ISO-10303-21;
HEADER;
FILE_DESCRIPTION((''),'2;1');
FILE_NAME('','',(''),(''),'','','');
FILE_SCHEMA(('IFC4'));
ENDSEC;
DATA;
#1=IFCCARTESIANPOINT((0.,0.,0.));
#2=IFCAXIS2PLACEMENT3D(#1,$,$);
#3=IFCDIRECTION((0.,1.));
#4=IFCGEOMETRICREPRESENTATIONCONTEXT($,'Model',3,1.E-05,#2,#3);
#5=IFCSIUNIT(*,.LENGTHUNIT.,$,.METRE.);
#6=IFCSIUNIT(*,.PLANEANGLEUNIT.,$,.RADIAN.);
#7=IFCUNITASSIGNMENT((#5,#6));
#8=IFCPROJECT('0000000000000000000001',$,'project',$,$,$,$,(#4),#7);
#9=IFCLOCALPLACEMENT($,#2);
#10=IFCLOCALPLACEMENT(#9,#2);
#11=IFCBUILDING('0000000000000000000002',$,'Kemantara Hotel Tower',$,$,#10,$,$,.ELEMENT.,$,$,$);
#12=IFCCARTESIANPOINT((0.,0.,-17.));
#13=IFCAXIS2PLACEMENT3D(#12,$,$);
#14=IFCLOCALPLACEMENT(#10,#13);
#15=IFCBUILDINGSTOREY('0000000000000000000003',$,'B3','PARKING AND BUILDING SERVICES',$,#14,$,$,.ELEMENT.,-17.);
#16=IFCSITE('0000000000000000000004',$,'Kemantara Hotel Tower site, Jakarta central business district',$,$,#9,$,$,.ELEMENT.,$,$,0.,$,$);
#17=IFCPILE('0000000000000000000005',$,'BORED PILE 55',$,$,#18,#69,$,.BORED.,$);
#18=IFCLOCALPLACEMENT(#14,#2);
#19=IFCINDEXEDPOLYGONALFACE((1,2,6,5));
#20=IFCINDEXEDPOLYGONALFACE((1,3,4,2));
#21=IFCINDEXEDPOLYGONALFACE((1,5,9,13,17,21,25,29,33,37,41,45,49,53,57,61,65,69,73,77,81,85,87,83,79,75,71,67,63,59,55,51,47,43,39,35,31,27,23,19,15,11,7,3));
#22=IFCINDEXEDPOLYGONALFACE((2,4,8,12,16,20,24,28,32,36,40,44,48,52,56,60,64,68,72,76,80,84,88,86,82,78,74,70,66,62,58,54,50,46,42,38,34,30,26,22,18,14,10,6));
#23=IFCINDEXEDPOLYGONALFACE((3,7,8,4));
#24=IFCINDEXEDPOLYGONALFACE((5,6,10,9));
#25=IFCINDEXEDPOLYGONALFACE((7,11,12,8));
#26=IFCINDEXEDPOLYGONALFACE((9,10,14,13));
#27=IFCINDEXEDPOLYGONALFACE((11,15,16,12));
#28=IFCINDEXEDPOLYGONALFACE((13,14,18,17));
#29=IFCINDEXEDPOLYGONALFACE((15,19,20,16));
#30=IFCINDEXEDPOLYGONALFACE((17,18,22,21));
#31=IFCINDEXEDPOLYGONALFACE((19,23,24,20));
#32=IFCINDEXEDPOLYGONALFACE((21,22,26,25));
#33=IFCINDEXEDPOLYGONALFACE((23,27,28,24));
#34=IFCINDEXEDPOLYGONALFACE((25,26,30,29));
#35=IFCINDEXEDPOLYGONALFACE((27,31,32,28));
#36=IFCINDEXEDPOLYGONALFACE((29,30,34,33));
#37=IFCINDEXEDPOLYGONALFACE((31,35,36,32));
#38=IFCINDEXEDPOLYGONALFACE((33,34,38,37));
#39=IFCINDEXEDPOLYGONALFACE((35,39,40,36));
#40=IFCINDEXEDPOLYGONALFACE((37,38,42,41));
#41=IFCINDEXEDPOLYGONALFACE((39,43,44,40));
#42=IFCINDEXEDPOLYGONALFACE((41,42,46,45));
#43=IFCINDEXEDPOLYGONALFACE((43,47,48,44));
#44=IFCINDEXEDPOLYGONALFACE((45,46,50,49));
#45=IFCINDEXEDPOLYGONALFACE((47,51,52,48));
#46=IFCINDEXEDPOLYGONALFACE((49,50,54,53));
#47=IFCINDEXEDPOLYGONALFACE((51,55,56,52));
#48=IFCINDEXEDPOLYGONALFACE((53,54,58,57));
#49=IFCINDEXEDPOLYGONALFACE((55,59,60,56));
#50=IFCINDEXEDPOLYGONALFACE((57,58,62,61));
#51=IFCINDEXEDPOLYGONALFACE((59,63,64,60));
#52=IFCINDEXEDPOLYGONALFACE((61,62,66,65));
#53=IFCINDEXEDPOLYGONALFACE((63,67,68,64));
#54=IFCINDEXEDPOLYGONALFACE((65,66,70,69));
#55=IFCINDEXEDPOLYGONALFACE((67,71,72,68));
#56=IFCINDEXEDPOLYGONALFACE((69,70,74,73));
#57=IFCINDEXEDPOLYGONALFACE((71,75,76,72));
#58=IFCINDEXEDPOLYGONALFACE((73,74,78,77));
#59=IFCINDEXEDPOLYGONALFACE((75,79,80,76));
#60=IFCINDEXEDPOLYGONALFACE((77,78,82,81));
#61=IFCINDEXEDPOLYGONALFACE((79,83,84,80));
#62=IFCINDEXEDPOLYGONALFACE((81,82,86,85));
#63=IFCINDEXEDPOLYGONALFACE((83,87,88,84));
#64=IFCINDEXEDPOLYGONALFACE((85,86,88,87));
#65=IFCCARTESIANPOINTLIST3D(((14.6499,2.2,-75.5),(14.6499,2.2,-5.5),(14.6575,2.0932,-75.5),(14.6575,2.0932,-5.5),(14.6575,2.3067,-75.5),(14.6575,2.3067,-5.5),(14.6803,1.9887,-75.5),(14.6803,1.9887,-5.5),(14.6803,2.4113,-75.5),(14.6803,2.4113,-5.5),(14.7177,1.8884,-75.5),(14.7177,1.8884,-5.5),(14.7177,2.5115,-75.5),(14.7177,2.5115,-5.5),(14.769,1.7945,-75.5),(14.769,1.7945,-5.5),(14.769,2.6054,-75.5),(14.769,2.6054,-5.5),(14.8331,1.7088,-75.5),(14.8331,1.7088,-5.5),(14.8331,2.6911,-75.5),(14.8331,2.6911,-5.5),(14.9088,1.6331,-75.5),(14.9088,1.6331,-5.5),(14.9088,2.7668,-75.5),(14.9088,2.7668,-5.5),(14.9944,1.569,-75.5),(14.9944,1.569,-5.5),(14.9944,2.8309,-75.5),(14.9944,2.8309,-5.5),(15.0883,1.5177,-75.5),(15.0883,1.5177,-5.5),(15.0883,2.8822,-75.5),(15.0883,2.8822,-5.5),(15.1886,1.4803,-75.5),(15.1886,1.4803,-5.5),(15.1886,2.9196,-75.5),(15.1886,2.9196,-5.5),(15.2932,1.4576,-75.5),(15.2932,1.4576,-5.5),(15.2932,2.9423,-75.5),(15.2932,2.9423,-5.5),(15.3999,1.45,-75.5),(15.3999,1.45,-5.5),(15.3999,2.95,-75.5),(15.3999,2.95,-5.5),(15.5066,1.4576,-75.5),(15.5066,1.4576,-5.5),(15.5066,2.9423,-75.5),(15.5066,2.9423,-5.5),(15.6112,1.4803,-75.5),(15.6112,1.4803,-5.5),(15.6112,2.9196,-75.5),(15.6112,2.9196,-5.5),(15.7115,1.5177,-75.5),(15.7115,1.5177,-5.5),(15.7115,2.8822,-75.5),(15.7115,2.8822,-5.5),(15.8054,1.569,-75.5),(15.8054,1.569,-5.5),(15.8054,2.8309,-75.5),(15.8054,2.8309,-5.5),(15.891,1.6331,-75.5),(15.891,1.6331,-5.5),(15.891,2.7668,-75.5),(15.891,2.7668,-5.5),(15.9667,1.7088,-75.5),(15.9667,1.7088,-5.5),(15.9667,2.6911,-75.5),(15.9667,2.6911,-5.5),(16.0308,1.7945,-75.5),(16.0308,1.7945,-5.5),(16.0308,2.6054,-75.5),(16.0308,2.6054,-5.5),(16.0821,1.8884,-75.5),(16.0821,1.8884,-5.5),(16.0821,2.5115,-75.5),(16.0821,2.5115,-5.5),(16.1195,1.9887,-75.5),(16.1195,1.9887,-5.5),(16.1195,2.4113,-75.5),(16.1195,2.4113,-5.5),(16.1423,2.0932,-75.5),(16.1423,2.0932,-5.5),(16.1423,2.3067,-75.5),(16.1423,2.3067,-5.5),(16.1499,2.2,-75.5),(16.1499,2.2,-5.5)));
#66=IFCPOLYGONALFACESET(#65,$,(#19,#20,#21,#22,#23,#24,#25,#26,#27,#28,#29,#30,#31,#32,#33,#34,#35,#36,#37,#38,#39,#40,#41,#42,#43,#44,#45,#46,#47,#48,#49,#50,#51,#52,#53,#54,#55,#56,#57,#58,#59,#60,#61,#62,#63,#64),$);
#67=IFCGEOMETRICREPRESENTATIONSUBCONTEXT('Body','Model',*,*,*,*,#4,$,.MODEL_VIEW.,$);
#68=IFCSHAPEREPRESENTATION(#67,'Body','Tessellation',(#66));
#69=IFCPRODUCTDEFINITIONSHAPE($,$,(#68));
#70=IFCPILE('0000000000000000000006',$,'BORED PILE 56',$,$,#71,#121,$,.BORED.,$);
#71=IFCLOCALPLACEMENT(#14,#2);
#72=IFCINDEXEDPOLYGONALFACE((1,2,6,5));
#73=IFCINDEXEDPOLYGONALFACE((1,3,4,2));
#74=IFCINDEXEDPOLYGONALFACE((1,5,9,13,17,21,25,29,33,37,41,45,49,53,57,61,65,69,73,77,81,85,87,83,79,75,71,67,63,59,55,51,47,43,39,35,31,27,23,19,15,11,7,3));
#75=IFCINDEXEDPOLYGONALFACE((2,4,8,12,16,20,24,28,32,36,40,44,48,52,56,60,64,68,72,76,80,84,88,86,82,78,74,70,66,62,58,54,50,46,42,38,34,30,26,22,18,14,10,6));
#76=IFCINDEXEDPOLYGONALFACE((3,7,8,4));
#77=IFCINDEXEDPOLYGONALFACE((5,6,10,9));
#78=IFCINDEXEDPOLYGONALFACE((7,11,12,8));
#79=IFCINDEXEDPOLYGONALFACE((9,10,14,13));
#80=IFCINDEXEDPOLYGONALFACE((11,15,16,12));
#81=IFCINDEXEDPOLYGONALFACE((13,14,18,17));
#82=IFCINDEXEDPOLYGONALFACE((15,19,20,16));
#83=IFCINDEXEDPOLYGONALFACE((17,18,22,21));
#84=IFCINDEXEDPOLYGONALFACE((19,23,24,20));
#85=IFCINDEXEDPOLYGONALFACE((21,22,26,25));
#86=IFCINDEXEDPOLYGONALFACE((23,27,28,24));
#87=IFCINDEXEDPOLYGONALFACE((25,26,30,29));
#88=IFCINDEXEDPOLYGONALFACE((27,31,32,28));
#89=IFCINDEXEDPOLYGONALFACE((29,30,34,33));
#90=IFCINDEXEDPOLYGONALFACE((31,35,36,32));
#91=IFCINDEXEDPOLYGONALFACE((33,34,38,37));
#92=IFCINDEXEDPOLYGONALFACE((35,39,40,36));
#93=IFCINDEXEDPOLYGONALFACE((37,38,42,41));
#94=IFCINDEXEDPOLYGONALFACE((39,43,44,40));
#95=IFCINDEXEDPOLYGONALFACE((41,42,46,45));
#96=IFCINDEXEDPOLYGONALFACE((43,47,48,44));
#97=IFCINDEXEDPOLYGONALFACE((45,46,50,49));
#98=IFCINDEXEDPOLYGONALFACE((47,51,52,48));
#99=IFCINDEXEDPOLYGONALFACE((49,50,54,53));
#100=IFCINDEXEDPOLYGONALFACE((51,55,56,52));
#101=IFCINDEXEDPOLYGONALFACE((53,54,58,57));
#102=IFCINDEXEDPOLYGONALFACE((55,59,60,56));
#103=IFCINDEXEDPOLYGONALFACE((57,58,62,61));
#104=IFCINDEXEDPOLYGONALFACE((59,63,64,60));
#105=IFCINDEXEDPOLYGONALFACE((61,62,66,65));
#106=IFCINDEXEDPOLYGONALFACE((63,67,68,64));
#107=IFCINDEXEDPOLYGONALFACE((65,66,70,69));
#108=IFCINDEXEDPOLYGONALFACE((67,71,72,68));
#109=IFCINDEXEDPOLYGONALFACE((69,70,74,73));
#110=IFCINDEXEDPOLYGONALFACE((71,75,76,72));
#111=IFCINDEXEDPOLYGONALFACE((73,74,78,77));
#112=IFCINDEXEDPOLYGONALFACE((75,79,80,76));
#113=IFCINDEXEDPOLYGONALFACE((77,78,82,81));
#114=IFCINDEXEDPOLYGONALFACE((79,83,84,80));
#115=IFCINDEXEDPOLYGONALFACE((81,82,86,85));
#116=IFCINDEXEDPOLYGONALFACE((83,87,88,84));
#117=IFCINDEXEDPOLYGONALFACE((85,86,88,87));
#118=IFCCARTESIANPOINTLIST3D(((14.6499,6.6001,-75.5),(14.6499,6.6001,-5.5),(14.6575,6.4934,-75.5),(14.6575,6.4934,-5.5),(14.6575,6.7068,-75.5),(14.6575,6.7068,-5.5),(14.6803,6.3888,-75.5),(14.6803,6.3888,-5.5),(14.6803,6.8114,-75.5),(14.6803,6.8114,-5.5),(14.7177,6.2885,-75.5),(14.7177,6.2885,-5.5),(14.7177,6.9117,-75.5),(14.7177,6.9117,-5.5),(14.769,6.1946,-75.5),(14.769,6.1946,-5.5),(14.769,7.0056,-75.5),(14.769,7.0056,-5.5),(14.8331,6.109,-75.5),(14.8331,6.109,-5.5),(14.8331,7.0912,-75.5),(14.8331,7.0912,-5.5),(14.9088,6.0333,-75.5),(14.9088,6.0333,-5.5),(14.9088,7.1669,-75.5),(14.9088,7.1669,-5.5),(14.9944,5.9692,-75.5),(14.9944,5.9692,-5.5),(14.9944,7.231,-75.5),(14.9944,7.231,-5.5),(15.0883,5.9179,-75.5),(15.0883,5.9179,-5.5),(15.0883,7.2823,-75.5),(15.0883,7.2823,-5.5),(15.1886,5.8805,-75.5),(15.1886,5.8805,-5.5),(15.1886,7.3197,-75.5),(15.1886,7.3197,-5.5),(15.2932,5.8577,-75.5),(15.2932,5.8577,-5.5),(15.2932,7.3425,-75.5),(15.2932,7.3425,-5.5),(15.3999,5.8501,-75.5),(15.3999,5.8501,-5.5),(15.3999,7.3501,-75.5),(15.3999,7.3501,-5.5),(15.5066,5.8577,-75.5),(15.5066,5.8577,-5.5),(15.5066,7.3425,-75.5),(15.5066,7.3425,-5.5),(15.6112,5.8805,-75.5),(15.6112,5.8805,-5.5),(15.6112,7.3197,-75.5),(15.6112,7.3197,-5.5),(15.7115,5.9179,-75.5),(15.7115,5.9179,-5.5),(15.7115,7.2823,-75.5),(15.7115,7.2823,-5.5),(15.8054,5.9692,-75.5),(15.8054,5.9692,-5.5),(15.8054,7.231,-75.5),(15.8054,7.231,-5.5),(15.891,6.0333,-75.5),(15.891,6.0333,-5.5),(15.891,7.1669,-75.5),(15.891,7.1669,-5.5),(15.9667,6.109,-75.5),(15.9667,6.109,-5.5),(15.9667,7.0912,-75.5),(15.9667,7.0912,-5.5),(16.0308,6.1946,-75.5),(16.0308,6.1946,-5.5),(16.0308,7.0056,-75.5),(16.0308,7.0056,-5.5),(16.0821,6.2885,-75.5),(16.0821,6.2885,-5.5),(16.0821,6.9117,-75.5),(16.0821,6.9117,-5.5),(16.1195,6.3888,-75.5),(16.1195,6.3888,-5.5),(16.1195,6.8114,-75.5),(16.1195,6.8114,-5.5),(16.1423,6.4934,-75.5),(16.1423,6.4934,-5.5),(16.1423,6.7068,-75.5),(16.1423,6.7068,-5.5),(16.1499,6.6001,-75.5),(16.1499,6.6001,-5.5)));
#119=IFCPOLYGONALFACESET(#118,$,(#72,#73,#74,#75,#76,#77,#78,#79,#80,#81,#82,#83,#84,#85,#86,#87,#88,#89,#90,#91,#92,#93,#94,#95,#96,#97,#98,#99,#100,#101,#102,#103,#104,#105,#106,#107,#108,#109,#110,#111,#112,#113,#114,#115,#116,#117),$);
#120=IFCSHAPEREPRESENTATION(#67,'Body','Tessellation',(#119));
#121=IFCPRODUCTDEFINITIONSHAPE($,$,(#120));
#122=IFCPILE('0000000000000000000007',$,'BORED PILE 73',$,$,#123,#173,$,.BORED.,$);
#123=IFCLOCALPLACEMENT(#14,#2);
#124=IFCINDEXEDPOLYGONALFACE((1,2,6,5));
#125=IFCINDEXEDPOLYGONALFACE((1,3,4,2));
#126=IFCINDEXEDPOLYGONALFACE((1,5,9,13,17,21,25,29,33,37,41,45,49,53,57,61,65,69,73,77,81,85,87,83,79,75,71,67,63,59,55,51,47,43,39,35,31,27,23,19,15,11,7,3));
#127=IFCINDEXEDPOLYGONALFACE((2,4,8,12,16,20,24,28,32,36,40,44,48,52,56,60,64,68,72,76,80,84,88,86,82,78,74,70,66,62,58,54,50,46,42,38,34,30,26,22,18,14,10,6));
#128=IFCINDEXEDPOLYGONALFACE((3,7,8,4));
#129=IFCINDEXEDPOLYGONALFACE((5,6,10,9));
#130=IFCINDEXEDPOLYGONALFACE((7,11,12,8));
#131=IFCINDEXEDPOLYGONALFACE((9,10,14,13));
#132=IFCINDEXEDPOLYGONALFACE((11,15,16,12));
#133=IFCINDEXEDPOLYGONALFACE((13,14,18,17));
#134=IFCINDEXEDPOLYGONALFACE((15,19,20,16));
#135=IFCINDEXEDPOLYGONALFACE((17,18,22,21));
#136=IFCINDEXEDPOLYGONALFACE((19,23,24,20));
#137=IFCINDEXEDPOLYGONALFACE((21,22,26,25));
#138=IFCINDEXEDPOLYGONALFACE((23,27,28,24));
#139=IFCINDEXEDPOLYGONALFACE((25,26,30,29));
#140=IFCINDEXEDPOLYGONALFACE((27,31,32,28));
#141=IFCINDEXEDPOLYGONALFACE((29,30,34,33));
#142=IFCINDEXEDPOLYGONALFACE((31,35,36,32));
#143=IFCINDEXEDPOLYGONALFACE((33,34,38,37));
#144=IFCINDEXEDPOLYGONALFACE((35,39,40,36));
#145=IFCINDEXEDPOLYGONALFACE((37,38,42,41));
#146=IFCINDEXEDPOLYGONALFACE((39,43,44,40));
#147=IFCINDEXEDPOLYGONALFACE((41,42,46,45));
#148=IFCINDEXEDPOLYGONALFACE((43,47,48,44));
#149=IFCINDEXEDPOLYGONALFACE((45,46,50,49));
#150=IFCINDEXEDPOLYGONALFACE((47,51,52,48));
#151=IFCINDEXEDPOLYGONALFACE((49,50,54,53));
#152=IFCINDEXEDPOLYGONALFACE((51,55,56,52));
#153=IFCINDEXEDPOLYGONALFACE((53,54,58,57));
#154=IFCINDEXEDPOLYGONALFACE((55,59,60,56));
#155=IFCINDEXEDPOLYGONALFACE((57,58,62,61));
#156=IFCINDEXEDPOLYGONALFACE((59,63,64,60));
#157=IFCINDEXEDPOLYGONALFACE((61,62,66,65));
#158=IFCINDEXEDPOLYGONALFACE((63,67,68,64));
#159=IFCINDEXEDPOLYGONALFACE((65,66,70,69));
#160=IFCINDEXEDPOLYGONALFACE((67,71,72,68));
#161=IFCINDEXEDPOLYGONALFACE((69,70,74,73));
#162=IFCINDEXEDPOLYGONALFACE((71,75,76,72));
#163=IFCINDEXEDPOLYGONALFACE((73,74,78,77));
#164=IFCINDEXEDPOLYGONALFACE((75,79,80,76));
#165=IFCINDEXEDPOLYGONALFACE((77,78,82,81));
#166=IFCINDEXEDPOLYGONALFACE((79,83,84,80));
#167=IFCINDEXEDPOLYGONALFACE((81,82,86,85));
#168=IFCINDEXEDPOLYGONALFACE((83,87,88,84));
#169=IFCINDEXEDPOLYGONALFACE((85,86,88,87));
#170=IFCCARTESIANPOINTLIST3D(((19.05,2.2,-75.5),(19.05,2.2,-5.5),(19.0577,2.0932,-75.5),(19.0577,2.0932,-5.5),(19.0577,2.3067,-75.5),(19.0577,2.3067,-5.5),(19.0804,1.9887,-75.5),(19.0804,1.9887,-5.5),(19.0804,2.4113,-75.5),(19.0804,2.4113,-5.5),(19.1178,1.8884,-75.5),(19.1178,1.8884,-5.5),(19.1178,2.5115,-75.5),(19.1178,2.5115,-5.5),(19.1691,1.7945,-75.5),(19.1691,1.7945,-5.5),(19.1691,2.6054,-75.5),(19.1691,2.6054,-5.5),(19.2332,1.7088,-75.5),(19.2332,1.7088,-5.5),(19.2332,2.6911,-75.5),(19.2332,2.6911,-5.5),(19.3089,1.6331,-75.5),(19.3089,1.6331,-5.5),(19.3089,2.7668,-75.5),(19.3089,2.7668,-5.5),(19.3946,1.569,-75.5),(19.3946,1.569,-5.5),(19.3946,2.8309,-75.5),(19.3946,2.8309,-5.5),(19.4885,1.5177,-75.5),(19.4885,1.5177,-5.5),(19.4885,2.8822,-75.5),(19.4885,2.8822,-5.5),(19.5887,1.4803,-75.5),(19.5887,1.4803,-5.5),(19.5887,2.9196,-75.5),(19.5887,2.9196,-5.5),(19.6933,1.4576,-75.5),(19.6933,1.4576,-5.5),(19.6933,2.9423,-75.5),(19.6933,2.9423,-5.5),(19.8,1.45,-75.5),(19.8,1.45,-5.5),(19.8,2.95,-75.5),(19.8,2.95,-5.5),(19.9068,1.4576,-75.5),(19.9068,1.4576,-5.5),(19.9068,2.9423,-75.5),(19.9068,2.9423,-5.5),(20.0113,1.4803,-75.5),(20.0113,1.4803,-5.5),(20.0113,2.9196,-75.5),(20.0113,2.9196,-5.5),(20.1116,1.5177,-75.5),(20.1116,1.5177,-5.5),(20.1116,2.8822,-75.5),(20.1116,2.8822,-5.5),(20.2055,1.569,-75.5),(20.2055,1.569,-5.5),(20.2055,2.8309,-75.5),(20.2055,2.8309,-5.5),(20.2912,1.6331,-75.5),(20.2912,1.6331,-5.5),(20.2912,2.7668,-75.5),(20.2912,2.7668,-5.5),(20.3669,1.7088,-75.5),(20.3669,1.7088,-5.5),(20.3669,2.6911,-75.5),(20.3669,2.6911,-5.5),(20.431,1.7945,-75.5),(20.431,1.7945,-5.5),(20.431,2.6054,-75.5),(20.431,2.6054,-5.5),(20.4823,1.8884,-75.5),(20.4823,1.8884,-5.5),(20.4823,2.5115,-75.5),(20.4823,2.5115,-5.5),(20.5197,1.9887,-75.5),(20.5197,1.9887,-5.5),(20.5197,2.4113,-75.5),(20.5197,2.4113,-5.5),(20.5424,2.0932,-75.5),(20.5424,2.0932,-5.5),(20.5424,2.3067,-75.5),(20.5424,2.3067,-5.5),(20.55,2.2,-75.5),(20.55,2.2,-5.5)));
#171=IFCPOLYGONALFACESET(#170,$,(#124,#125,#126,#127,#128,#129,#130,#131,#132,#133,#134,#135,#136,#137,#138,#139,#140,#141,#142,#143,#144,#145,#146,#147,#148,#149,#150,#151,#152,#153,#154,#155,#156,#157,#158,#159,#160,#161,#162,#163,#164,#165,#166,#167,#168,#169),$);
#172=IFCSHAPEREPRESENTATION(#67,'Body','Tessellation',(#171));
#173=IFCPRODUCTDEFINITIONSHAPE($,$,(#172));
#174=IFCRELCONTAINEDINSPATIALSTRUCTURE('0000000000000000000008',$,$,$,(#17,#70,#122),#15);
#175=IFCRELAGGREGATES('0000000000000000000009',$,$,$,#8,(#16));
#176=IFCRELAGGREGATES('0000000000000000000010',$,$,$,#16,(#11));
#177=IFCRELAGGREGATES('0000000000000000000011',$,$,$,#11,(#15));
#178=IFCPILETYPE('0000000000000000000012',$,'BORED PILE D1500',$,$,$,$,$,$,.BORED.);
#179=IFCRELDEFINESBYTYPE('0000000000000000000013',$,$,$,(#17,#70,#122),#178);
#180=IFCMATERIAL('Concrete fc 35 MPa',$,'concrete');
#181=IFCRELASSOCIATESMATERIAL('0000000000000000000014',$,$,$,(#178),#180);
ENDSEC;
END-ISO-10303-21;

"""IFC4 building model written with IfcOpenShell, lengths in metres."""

from ifc_helpers import new_model, si_unit, direction, frame, origin, origin_2d, place, context, subcontext, project, spatial, circle, extrude, material, material_profile, profile_set, type_object, element, save


model = new_model("IFC4")

# Units and contexts
model_context = context("Model", 3, precision=1e-05, world=origin(), true_north=direction((0.0, 1.0)))
body_context = subcontext(model_context, "Body", "Model", "MODEL_VIEW")
ifc_project = project(units=[si_unit("LENGTHUNIT", "METRE"), si_unit("PLANEANGLEUNIT", "RADIAN")], contexts=[model_context])

# Site, building, storey
site_placement = place(None, origin())
site = spatial("IfcSite", under=ifc_project, at=site_placement, Name="Kemantara Hotel Tower site, Jakarta central business district", CompositionType="ELEMENT", RefElevation=0.0)
building_placement = place(site_placement, origin())
building = spatial("IfcBuilding", under=site, at=building_placement, Name="Kemantara Hotel Tower", CompositionType="ELEMENT")
storey_placement = place(building_placement, frame((0.0, 0.0, -17.0)))
storey = spatial("IfcBuildingStorey", under=building, at=storey_placement, Name="B3", Description="PARKING AND BUILDING SERVICES", CompositionType="ELEMENT", Elevation=-17.0)

# Piles
ifc_material_1 = material(Name="Concrete fc 35 MPa", Category="concrete")
ifc_material_profile = material_profile(ifc_material_1, circle(Radius=0.75, at=origin_2d()), Name="BORED PILE D1500")
ifc_profile_set = profile_set([ifc_material_profile], Name="Concrete fc 35 MPa")
pile_type = type_object("IfcPileType", Name="BORED PILE D1500", PredefinedType="BORED", material=ifc_profile_set)
for number, where, z_axis, x_axis, name in (
    (1, (15.3999, 2.2, -5.5), (0.0, 0.0, -1.0), (1.0, 0.0, 0.0), "BORED PILE 55"),
    (2, (15.3999, 6.6001, -5.5), (0.0, 0.0, -1.0), (1.0, 0.0, 0.0), "BORED PILE 56"),
    (3, (19.8, 2.2, -5.5), (0.0, 0.0, -1.0), (1.0, 0.0, 0.0), "BORED PILE 73"),
):
    element("IfcPile", number, at=place(storey_placement, frame(where, z_axis=z_axis, x_axis=x_axis)), inside=storey, type_object=pile_type, Name=name, PredefinedType="BORED", context=body_context, shape_type="SweptSolid", body=[
        extrude(circle(Radius=0.75, at=origin_2d()), origin(), (0.0, 0.0, 1.0), 70.0),
    ])

save(model, "model.ifc")
